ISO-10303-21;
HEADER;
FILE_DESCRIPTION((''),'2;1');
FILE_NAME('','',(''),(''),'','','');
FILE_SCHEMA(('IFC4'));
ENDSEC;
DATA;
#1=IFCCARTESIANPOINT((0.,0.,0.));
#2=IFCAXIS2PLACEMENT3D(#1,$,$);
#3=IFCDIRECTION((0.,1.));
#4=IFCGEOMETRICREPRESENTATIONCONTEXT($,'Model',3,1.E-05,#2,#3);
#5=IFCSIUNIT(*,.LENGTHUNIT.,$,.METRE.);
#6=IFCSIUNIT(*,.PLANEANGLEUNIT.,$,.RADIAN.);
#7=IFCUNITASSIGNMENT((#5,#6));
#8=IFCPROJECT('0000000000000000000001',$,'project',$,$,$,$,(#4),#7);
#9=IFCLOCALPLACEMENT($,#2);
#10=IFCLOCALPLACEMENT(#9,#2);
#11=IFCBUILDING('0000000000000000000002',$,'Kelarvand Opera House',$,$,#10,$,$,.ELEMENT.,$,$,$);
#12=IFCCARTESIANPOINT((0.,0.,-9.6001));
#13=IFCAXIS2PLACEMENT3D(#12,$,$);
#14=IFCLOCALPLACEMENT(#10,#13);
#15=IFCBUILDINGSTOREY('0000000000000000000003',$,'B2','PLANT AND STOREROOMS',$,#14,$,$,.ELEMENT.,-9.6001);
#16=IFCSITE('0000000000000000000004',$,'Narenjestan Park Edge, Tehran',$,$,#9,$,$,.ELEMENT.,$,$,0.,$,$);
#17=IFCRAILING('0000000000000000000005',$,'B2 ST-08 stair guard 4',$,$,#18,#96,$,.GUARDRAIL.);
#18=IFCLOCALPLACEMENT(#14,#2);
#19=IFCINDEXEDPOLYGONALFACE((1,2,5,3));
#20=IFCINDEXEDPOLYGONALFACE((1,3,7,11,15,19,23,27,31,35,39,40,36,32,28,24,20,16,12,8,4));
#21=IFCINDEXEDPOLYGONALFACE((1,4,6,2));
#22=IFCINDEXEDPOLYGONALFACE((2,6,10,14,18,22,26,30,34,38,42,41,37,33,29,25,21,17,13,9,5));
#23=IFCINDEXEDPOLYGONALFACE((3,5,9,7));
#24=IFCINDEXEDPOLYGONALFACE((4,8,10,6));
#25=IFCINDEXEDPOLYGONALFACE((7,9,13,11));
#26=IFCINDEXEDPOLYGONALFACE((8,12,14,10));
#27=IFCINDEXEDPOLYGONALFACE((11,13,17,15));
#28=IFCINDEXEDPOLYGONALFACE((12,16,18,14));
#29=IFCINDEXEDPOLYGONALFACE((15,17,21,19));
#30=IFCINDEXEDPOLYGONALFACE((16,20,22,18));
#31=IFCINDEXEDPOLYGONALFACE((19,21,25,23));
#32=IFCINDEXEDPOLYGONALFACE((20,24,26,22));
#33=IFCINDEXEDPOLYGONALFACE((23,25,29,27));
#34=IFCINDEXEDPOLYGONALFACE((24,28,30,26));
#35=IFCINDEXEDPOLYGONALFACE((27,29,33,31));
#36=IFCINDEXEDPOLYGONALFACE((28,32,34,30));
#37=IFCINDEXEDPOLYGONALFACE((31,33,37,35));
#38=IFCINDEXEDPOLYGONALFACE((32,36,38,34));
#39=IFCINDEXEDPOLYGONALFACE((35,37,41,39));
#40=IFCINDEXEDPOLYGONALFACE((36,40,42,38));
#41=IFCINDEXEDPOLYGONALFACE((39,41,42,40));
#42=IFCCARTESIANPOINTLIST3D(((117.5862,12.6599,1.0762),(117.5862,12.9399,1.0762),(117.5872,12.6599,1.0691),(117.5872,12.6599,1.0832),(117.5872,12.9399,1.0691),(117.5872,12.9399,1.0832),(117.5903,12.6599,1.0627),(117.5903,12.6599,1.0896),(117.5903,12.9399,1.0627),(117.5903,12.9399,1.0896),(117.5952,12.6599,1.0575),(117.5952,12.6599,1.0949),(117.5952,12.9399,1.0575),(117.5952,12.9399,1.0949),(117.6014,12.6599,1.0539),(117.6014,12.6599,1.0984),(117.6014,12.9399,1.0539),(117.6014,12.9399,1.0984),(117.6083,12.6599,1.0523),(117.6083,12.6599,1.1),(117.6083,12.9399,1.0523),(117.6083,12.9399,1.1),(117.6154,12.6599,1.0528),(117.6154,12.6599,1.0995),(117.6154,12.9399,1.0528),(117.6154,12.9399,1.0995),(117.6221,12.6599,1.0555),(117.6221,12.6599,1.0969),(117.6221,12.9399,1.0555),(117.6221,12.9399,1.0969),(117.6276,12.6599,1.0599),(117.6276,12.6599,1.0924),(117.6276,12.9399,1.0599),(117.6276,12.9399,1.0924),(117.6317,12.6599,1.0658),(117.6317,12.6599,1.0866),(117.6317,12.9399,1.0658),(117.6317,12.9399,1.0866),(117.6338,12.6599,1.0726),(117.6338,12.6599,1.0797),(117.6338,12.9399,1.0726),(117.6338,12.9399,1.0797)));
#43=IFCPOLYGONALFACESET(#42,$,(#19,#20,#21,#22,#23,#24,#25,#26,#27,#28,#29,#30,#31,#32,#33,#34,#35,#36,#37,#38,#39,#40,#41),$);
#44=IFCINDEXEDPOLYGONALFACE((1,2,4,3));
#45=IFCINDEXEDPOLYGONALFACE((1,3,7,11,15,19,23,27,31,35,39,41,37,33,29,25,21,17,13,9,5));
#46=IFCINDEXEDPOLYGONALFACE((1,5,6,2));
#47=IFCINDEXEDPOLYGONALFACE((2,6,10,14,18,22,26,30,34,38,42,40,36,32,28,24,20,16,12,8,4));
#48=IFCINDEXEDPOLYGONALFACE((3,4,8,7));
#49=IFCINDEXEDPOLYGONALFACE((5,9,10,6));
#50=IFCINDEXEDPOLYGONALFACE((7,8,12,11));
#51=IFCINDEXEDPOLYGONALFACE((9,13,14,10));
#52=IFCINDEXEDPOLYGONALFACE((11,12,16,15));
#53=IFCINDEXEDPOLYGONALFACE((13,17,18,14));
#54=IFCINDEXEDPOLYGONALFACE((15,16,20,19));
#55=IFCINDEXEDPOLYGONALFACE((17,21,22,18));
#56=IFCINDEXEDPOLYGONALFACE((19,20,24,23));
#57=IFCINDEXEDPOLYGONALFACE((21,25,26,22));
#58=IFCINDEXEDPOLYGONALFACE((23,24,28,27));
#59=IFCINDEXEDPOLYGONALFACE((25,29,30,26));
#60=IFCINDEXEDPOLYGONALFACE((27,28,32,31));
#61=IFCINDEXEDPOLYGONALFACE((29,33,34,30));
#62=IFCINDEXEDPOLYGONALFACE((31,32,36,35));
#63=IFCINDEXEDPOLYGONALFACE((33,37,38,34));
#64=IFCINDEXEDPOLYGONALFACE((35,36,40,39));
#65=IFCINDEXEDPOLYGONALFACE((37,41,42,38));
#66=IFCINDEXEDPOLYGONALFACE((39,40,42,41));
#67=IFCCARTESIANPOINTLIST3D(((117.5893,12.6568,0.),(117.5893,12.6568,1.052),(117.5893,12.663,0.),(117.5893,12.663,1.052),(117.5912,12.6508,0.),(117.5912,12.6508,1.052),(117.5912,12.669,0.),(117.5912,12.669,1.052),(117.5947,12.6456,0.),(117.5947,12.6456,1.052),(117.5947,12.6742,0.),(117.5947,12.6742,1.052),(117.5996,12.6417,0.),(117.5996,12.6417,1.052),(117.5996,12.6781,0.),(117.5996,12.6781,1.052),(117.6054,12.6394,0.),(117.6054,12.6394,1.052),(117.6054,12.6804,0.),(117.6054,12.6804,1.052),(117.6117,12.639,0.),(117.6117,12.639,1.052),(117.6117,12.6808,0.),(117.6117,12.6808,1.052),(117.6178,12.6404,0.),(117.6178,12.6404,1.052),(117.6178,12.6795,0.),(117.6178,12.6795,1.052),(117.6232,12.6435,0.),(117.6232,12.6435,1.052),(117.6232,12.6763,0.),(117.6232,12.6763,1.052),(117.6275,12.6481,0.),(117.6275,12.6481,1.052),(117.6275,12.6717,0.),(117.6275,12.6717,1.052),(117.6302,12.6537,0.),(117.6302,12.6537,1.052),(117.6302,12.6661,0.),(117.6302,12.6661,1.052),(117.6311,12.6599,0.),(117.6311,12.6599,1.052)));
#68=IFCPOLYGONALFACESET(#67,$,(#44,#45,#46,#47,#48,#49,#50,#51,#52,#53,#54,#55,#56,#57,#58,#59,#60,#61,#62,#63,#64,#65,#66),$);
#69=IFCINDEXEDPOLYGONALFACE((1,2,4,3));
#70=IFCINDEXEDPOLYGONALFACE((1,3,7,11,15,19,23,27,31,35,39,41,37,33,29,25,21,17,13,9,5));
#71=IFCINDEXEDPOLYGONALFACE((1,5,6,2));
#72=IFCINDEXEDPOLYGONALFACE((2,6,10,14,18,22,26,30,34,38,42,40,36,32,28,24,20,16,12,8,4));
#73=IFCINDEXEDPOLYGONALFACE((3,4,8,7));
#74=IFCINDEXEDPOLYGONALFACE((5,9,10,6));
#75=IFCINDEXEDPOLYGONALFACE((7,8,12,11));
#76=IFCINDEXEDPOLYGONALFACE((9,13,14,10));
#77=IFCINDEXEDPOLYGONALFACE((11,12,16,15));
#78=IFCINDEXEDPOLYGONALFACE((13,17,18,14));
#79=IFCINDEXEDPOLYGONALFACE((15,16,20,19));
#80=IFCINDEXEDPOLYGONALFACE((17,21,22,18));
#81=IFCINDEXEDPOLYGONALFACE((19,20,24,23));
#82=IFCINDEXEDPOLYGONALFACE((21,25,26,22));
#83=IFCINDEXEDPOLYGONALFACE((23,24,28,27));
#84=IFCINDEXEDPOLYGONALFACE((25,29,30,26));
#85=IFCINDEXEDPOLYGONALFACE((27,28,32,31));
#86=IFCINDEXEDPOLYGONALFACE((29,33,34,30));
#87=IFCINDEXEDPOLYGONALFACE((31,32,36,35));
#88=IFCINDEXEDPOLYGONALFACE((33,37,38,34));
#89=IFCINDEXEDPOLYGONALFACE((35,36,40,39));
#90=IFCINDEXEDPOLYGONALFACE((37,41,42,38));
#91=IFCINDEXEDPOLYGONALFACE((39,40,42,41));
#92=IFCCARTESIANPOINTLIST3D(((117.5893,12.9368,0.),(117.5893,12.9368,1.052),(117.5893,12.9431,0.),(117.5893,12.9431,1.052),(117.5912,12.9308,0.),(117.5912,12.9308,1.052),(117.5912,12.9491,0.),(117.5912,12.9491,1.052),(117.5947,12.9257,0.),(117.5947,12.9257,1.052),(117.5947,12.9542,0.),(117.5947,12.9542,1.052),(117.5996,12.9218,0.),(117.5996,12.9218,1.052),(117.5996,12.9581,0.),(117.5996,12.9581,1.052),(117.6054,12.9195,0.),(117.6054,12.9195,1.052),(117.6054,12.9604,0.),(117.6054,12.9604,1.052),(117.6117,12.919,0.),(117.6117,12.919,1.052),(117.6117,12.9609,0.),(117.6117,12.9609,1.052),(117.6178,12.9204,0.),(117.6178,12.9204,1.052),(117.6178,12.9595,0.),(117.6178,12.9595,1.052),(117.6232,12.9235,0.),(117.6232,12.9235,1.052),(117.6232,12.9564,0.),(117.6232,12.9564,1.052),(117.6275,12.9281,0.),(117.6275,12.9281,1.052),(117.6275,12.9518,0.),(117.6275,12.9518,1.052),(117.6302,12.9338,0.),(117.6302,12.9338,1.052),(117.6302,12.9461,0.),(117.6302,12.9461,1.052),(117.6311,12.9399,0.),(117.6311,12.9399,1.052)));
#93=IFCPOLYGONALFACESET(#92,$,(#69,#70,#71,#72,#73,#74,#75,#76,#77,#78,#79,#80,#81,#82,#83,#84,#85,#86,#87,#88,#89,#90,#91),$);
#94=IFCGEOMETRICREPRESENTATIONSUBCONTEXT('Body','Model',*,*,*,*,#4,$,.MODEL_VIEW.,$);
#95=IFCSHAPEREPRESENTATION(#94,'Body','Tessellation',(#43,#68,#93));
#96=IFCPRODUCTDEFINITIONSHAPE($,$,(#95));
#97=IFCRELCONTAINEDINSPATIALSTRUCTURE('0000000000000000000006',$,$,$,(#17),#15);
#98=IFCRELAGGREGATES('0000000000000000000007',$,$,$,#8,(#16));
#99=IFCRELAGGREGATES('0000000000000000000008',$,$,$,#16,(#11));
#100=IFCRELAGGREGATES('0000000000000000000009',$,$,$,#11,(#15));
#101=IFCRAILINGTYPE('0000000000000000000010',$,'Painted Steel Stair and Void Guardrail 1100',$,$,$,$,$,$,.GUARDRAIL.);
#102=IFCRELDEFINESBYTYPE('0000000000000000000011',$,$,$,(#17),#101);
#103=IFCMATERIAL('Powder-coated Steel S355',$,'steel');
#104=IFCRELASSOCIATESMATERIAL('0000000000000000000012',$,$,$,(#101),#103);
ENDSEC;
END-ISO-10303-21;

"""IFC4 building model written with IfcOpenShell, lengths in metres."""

from ifc_helpers import new_model, si_unit, direction, frame, origin, origin_2d, place, context, subcontext, project, spatial, circle, extrude, material, type_object, element, save


model = new_model("IFC4")

# Units and contexts
model_context = context("Model", 3, precision=1e-05, world=origin(), true_north=direction((0.0, 1.0)))
body_context = subcontext(model_context, "Body", "Model", "MODEL_VIEW")
ifc_project = project(units=[si_unit("LENGTHUNIT", "METRE"), si_unit("PLANEANGLEUNIT", "RADIAN")], contexts=[model_context])

# Site, building, storey
site_placement = place(None, origin())
site = spatial("IfcSite", under=ifc_project, at=site_placement, Name="Narenjestan Park Edge, Tehran", CompositionType="ELEMENT", RefElevation=0.0)
building_placement = place(site_placement, origin())
building = spatial("IfcBuilding", under=site, at=building_placement, Name="Kelarvand Opera House", CompositionType="ELEMENT")
storey_placement = place(building_placement, frame((0.0, 0.0, -9.6001)))
storey = spatial("IfcBuildingStorey", under=building, at=storey_placement, Name="B2", Description="PLANT AND STOREROOMS", CompositionType="ELEMENT", Elevation=-9.6001)

# Railing
ifc_material_1 = material(Name="Powder-coated Steel S355", Category="steel")
railing_type_1 = type_object("IfcRailingType", Name="Painted Steel Stair and Void Guardrail 1100", PredefinedType="GUARDRAIL", material=ifc_material_1)
railing_1_placement = place(storey_placement, frame((117.6101, 12.6599, 0.0)))
element("IfcRailing", 1, at=railing_1_placement, inside=storey, type_object=railing_type_1, Name="B2 ST-08 stair guard 4", PredefinedType="GUARDRAIL", context=body_context, shape_type="SweptSolid", body=[
    extrude(circle(Radius=0.0239, at=origin_2d()), frame((0.0, 0.0, 1.0762), z_axis=(0.0, 1.0, 0.0), x_axis=(-1.0, 0.0, 0.0)), (0.0, 0.0, 1.0), 0.28),
    extrude(circle(Radius=0.021, at=origin_2d()), origin(), (0.0, 0.0, 1.0), 1.052),
    extrude(circle(Radius=0.021, at=origin_2d()), frame((0.0, 0.28, 0.0)), (0.0, 0.0, 1.0), 1.052),
])

save(model, "model.ifc")
